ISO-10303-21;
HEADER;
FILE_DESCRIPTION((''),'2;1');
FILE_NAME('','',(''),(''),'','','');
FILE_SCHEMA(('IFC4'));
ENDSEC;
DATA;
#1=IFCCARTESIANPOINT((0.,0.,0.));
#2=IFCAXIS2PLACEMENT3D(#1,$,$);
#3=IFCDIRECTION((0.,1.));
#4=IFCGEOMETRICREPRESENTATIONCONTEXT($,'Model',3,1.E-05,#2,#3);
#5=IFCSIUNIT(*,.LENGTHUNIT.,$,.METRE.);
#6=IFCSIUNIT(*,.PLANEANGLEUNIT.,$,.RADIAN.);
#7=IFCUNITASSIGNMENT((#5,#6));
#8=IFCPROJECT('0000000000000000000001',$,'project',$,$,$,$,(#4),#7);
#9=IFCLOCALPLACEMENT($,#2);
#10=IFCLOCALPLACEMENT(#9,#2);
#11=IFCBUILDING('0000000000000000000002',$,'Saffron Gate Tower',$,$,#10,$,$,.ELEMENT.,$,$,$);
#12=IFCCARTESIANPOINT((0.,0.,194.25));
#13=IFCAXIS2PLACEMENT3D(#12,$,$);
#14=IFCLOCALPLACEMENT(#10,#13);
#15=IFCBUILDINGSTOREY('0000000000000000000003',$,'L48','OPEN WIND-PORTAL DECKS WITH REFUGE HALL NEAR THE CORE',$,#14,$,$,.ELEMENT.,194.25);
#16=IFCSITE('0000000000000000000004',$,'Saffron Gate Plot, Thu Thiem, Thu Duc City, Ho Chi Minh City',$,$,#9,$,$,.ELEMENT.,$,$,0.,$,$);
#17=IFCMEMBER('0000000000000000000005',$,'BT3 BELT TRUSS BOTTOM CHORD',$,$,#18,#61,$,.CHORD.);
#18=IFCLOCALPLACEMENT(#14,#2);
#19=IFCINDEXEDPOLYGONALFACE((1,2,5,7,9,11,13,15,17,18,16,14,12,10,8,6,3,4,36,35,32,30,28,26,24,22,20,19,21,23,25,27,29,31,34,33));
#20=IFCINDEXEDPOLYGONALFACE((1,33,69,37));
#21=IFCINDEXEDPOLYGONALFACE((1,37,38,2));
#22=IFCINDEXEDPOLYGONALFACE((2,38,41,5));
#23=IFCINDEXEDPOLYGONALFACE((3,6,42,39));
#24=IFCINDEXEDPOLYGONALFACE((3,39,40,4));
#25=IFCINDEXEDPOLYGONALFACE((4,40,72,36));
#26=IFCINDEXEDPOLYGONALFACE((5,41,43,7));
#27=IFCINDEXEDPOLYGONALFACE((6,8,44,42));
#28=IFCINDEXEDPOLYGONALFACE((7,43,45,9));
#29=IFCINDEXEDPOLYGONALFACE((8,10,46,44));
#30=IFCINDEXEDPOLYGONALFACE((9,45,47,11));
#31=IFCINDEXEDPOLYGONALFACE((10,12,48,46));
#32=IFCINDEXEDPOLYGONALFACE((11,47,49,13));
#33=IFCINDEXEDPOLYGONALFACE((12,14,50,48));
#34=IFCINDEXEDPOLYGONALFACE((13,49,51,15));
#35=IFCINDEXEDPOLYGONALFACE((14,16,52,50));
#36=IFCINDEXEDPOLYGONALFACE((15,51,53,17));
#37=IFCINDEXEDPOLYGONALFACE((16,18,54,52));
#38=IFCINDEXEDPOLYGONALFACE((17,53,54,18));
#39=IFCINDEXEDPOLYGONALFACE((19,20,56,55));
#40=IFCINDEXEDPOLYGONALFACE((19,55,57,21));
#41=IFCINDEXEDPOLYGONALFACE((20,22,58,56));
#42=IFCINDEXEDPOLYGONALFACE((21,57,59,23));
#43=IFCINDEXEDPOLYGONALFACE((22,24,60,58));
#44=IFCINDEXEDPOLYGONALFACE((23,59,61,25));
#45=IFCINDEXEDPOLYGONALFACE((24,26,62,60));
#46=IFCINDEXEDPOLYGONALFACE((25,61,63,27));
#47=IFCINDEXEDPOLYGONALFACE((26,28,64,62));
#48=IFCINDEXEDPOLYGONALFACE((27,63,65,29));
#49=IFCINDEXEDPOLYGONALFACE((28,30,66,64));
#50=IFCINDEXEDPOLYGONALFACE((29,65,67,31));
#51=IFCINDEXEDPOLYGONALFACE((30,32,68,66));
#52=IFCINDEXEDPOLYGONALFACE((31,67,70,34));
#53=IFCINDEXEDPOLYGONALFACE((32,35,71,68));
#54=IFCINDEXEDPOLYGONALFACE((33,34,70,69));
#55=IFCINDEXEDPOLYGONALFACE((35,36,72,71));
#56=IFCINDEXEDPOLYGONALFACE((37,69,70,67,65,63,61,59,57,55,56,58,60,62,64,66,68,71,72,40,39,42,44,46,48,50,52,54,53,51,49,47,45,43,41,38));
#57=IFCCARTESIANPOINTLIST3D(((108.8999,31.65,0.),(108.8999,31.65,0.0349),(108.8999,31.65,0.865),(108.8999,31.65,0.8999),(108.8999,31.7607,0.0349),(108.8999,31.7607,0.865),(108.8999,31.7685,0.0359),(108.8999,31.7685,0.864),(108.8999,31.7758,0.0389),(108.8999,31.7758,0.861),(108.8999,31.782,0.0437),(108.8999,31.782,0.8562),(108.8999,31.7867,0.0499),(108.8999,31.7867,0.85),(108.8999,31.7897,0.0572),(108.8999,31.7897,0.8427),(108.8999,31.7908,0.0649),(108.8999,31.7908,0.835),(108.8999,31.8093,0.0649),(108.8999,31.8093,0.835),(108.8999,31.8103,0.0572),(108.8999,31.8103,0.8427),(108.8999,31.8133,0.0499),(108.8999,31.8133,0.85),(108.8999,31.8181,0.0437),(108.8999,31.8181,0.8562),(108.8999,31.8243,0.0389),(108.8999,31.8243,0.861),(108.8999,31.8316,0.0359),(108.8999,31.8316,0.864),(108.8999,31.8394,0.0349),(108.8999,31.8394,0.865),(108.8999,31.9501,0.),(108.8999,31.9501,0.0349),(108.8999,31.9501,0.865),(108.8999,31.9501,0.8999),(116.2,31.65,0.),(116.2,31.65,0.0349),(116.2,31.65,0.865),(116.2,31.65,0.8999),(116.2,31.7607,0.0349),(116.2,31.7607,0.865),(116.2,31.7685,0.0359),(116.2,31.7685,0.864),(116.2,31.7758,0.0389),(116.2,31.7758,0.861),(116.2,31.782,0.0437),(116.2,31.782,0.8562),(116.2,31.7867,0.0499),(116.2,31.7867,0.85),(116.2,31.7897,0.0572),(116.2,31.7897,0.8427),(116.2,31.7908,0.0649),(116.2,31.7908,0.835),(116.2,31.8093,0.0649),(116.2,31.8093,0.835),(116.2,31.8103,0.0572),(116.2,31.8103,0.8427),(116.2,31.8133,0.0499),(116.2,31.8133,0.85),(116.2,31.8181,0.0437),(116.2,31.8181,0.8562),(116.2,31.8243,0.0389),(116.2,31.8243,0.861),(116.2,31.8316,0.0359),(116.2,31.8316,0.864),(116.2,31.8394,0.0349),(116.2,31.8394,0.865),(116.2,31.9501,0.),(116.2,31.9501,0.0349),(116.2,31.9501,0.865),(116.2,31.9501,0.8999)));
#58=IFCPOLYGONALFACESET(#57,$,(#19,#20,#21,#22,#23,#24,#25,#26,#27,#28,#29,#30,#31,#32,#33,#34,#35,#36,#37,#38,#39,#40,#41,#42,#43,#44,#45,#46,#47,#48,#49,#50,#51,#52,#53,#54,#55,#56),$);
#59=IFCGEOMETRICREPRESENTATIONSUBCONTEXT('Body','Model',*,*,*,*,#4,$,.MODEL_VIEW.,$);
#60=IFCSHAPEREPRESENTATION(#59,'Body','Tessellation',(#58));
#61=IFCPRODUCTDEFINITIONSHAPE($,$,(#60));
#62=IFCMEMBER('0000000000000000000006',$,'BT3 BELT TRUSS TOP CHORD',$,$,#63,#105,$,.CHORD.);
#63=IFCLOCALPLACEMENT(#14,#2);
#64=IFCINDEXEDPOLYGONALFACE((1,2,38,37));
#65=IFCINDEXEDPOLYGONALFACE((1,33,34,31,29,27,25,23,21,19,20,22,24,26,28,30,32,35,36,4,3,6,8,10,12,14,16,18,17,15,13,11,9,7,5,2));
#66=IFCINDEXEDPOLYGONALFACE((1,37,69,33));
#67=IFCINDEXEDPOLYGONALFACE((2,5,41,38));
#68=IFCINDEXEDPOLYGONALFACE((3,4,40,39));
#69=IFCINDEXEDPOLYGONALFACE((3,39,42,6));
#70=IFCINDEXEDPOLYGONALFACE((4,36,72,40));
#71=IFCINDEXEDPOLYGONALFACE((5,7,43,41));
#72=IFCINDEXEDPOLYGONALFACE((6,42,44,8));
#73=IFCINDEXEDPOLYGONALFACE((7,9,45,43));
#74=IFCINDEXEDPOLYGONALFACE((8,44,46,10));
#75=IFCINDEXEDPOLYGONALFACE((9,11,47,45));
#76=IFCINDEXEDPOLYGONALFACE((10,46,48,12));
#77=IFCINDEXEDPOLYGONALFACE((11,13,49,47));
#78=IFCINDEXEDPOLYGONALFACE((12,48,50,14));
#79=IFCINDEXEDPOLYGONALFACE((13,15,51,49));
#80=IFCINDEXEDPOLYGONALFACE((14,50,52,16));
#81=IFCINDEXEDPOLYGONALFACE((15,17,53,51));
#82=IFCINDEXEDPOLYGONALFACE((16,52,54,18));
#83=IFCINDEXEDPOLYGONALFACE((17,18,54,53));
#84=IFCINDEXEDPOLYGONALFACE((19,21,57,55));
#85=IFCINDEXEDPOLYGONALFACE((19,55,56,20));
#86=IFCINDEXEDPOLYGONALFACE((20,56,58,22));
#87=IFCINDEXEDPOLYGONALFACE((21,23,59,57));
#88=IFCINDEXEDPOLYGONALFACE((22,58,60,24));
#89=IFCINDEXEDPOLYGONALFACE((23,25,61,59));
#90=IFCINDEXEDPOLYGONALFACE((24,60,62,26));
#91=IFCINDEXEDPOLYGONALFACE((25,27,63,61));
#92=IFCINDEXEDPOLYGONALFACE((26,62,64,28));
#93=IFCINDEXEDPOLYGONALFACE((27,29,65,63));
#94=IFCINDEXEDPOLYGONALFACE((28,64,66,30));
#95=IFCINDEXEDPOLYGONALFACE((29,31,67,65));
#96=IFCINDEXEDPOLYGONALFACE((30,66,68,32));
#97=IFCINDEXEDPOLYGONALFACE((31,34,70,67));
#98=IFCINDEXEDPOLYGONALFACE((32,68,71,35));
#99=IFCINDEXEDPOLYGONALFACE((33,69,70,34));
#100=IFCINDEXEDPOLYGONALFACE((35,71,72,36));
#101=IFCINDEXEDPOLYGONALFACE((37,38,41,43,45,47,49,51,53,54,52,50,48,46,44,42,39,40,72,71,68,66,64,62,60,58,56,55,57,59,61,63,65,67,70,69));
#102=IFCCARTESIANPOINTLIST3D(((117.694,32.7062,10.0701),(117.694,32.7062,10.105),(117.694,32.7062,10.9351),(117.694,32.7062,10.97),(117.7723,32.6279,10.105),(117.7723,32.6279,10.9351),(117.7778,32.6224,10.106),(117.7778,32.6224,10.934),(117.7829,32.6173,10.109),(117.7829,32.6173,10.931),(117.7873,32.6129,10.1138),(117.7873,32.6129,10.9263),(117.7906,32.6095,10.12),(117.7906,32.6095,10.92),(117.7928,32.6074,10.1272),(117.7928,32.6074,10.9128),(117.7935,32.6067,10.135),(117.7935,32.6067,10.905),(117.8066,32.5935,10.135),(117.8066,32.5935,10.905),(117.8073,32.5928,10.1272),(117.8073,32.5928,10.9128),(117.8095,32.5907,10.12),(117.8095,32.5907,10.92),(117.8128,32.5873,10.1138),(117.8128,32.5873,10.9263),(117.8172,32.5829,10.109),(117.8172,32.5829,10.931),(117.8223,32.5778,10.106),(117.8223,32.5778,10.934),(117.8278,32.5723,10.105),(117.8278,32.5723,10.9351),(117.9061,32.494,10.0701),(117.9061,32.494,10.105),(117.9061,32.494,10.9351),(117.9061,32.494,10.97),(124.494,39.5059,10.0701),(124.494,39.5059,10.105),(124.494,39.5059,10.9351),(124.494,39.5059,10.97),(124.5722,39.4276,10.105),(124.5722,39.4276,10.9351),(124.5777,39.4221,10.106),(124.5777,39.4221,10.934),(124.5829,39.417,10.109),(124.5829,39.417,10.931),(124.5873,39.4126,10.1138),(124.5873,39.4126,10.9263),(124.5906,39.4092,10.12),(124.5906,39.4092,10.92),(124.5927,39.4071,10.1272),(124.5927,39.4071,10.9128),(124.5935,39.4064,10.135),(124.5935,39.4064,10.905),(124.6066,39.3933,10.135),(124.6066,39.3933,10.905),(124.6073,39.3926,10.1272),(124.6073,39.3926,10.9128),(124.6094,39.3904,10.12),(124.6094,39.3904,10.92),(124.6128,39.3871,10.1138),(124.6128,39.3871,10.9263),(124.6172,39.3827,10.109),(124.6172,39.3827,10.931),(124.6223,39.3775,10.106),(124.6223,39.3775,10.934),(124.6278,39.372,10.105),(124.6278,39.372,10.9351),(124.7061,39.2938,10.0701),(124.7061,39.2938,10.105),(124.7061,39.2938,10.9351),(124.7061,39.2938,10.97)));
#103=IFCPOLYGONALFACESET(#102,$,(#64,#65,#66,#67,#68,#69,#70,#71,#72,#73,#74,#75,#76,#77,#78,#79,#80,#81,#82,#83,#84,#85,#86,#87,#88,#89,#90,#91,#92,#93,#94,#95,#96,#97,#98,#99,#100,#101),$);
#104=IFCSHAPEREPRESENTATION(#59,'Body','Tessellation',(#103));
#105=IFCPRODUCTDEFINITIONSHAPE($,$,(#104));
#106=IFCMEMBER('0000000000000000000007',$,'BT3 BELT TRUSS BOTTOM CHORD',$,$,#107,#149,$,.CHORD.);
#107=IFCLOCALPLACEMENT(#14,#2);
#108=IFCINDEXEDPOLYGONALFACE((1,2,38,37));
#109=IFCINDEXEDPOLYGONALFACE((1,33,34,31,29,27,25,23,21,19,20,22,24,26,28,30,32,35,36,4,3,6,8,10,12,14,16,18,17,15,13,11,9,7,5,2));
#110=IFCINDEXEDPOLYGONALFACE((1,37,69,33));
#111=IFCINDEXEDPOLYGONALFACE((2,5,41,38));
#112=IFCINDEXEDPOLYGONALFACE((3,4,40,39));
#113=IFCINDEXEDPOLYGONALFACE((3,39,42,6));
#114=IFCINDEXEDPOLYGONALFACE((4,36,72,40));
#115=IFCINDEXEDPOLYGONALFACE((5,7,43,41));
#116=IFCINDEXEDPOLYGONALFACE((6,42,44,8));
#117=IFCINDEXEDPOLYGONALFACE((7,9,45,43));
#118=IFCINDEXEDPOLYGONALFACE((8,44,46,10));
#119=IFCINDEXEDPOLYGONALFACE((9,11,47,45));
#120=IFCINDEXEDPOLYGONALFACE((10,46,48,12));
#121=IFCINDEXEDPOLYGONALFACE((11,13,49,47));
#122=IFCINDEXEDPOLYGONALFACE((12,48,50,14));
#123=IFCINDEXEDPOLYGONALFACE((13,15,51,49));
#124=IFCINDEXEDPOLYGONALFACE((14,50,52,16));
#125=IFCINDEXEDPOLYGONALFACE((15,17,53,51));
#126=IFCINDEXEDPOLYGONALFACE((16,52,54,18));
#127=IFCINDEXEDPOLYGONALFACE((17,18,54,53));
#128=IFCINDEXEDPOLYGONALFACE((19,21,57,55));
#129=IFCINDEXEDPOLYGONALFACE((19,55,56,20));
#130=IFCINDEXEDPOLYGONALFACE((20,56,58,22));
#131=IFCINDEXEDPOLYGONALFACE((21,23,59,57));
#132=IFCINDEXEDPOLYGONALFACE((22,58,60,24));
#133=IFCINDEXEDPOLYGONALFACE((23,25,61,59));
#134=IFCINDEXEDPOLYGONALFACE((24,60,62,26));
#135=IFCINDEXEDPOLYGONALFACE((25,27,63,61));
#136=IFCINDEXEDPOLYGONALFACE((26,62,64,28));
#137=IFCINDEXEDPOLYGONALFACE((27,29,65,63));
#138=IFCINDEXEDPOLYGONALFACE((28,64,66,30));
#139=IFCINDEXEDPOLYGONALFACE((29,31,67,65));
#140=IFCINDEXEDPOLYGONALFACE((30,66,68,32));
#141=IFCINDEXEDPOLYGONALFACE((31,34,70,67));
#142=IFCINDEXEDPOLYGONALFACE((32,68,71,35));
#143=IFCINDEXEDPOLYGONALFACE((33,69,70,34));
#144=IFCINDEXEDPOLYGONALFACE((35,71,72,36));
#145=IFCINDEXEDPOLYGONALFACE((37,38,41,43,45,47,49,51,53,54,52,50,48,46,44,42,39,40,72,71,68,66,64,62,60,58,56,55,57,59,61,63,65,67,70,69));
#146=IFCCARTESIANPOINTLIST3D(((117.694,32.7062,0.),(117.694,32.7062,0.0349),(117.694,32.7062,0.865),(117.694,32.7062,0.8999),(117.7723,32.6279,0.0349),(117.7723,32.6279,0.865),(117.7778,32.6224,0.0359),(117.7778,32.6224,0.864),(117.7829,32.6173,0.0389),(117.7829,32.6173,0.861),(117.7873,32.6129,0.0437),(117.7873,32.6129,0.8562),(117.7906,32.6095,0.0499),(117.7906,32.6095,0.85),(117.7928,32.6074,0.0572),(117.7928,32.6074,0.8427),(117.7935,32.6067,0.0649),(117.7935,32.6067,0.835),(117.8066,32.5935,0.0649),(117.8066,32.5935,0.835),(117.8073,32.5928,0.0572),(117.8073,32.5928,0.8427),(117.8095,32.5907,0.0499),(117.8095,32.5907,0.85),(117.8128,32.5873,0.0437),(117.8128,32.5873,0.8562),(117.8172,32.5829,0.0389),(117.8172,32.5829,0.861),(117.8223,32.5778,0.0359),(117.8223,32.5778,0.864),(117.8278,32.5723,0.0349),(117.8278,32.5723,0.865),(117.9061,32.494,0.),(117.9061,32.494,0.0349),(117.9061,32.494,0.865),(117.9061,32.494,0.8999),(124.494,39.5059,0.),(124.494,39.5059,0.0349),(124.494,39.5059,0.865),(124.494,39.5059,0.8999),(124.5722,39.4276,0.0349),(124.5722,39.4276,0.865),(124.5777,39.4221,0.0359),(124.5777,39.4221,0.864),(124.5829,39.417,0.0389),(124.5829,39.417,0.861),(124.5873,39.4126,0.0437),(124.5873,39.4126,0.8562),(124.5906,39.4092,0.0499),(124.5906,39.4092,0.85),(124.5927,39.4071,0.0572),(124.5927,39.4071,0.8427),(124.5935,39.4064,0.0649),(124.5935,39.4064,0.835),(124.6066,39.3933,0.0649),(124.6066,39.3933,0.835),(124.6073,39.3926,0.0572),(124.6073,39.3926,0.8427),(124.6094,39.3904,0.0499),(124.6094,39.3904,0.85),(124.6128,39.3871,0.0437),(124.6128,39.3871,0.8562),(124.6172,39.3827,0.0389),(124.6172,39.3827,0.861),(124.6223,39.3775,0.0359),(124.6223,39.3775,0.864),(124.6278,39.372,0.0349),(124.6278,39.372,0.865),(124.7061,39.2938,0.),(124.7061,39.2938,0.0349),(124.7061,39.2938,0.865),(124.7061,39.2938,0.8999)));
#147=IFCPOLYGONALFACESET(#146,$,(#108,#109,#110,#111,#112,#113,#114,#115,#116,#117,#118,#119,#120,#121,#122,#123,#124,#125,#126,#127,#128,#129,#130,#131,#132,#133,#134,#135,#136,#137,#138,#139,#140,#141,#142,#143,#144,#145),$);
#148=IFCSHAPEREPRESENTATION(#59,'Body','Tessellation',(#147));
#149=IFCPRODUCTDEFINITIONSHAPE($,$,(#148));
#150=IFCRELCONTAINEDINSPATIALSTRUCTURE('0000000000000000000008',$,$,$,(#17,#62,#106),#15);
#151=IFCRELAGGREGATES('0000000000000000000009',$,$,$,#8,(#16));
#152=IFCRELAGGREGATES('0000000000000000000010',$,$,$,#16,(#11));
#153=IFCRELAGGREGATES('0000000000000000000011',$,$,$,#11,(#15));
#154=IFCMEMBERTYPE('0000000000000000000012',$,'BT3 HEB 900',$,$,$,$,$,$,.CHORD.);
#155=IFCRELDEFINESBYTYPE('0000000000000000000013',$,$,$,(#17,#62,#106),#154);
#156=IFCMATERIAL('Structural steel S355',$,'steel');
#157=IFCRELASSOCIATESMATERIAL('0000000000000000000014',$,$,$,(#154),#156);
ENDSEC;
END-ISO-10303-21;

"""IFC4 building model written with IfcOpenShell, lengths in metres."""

from ifc_helpers import new_model, si_unit, direction, frame, origin, origin_2d, place, context, subcontext, project, spatial, i_section, extrude, material, material_profile, profile_set, type_object, element, save


model = new_model("IFC4")

# Units and contexts
model_context = context("Model", 3, precision=1e-05, world=origin(), true_north=direction((0.0, 1.0)))
body_context = subcontext(model_context, "Body", "Model", "MODEL_VIEW")
ifc_project = project(units=[si_unit("LENGTHUNIT", "METRE"), si_unit("PLANEANGLEUNIT", "RADIAN")], contexts=[model_context])

# Site, building, storey
site_placement = place(None, origin())
site = spatial("IfcSite", under=ifc_project, at=site_placement, Name="Saffron Gate Plot, Thu Thiem, Thu Duc City, Ho Chi Minh City", CompositionType="ELEMENT", RefElevation=0.0)
building_placement = place(site_placement, origin())
building = spatial("IfcBuilding", under=site, at=building_placement, Name="Saffron Gate Tower", CompositionType="ELEMENT")
storey_placement = place(building_placement, frame((0.0, 0.0, 194.25)))
storey = spatial("IfcBuildingStorey", under=building, at=storey_placement, Name="L48", Description="OPEN WIND-PORTAL DECKS WITH REFUGE HALL NEAR THE CORE", CompositionType="ELEMENT", Elevation=194.25)

# Shared definitions
ifc_material_1 = material(Name="Structural steel S355", Category="steel")

# Members
ifc_material_profile_1 = material_profile(ifc_material_1, i_section(OverallWidth=0.3, OverallDepth=0.8999, WebThickness=0.0186, FlangeThickness=0.0349, FilletRadius=0.03, at=origin_2d()))
ifc_profile_set_1 = profile_set([ifc_material_profile_1], Name="Structural steel S355")
member_type_1 = type_object("IfcMemberType", Name="BT3 HEB 900", PredefinedType="CHORD", material=ifc_profile_set_1)
for number, where, z_axis, x_axis, name in (
    (1, (108.8999, 31.8, 0.45), (1.0, 0.0, 0.0), (0.0, 1.0, 0.0), "BT3 BELT TRUSS BOTTOM CHORD"),
):
    element("IfcMember", number, at=place(storey_placement, frame(where, z_axis=z_axis, x_axis=x_axis)), inside=storey, type_object=member_type_1, Name=name, PredefinedType="CHORD", context=body_context, shape_type="SweptSolid", body=[
        extrude(i_section(OverallWidth=0.3, OverallDepth=0.8999, WebThickness=0.0186, FlangeThickness=0.0349, FilletRadius=0.03, at=origin_2d()), origin(), (0.0, 0.0, 1.0), 7.3),
    ])
for number, where, z_axis, x_axis, name in (
    (2, (117.8, 32.6001, 10.52), (0.707119, 0.707094, 0.0), (-0.707094, 0.707119, 0.0), "BT3 BELT TRUSS TOP CHORD"),
    (3, (117.8, 32.6001, 0.45), (0.707119, 0.707094, 0.0), (-0.707094, 0.707119, 0.0), "BT3 BELT TRUSS BOTTOM CHORD"),
):
    element("IfcMember", number, at=place(storey_placement, frame(where, z_axis=z_axis, x_axis=x_axis)), inside=storey, type_object=member_type_1, Name=name, PredefinedType="CHORD", context=body_context, shape_type="SweptSolid", body=[
        extrude(i_section(OverallWidth=0.3, OverallDepth=0.8999, WebThickness=0.0186, FlangeThickness=0.0349, FilletRadius=0.03, at=origin_2d()), origin(), (0.0, 0.0, 1.0), 9.6165),
    ])

save(model, "model.ifc")
